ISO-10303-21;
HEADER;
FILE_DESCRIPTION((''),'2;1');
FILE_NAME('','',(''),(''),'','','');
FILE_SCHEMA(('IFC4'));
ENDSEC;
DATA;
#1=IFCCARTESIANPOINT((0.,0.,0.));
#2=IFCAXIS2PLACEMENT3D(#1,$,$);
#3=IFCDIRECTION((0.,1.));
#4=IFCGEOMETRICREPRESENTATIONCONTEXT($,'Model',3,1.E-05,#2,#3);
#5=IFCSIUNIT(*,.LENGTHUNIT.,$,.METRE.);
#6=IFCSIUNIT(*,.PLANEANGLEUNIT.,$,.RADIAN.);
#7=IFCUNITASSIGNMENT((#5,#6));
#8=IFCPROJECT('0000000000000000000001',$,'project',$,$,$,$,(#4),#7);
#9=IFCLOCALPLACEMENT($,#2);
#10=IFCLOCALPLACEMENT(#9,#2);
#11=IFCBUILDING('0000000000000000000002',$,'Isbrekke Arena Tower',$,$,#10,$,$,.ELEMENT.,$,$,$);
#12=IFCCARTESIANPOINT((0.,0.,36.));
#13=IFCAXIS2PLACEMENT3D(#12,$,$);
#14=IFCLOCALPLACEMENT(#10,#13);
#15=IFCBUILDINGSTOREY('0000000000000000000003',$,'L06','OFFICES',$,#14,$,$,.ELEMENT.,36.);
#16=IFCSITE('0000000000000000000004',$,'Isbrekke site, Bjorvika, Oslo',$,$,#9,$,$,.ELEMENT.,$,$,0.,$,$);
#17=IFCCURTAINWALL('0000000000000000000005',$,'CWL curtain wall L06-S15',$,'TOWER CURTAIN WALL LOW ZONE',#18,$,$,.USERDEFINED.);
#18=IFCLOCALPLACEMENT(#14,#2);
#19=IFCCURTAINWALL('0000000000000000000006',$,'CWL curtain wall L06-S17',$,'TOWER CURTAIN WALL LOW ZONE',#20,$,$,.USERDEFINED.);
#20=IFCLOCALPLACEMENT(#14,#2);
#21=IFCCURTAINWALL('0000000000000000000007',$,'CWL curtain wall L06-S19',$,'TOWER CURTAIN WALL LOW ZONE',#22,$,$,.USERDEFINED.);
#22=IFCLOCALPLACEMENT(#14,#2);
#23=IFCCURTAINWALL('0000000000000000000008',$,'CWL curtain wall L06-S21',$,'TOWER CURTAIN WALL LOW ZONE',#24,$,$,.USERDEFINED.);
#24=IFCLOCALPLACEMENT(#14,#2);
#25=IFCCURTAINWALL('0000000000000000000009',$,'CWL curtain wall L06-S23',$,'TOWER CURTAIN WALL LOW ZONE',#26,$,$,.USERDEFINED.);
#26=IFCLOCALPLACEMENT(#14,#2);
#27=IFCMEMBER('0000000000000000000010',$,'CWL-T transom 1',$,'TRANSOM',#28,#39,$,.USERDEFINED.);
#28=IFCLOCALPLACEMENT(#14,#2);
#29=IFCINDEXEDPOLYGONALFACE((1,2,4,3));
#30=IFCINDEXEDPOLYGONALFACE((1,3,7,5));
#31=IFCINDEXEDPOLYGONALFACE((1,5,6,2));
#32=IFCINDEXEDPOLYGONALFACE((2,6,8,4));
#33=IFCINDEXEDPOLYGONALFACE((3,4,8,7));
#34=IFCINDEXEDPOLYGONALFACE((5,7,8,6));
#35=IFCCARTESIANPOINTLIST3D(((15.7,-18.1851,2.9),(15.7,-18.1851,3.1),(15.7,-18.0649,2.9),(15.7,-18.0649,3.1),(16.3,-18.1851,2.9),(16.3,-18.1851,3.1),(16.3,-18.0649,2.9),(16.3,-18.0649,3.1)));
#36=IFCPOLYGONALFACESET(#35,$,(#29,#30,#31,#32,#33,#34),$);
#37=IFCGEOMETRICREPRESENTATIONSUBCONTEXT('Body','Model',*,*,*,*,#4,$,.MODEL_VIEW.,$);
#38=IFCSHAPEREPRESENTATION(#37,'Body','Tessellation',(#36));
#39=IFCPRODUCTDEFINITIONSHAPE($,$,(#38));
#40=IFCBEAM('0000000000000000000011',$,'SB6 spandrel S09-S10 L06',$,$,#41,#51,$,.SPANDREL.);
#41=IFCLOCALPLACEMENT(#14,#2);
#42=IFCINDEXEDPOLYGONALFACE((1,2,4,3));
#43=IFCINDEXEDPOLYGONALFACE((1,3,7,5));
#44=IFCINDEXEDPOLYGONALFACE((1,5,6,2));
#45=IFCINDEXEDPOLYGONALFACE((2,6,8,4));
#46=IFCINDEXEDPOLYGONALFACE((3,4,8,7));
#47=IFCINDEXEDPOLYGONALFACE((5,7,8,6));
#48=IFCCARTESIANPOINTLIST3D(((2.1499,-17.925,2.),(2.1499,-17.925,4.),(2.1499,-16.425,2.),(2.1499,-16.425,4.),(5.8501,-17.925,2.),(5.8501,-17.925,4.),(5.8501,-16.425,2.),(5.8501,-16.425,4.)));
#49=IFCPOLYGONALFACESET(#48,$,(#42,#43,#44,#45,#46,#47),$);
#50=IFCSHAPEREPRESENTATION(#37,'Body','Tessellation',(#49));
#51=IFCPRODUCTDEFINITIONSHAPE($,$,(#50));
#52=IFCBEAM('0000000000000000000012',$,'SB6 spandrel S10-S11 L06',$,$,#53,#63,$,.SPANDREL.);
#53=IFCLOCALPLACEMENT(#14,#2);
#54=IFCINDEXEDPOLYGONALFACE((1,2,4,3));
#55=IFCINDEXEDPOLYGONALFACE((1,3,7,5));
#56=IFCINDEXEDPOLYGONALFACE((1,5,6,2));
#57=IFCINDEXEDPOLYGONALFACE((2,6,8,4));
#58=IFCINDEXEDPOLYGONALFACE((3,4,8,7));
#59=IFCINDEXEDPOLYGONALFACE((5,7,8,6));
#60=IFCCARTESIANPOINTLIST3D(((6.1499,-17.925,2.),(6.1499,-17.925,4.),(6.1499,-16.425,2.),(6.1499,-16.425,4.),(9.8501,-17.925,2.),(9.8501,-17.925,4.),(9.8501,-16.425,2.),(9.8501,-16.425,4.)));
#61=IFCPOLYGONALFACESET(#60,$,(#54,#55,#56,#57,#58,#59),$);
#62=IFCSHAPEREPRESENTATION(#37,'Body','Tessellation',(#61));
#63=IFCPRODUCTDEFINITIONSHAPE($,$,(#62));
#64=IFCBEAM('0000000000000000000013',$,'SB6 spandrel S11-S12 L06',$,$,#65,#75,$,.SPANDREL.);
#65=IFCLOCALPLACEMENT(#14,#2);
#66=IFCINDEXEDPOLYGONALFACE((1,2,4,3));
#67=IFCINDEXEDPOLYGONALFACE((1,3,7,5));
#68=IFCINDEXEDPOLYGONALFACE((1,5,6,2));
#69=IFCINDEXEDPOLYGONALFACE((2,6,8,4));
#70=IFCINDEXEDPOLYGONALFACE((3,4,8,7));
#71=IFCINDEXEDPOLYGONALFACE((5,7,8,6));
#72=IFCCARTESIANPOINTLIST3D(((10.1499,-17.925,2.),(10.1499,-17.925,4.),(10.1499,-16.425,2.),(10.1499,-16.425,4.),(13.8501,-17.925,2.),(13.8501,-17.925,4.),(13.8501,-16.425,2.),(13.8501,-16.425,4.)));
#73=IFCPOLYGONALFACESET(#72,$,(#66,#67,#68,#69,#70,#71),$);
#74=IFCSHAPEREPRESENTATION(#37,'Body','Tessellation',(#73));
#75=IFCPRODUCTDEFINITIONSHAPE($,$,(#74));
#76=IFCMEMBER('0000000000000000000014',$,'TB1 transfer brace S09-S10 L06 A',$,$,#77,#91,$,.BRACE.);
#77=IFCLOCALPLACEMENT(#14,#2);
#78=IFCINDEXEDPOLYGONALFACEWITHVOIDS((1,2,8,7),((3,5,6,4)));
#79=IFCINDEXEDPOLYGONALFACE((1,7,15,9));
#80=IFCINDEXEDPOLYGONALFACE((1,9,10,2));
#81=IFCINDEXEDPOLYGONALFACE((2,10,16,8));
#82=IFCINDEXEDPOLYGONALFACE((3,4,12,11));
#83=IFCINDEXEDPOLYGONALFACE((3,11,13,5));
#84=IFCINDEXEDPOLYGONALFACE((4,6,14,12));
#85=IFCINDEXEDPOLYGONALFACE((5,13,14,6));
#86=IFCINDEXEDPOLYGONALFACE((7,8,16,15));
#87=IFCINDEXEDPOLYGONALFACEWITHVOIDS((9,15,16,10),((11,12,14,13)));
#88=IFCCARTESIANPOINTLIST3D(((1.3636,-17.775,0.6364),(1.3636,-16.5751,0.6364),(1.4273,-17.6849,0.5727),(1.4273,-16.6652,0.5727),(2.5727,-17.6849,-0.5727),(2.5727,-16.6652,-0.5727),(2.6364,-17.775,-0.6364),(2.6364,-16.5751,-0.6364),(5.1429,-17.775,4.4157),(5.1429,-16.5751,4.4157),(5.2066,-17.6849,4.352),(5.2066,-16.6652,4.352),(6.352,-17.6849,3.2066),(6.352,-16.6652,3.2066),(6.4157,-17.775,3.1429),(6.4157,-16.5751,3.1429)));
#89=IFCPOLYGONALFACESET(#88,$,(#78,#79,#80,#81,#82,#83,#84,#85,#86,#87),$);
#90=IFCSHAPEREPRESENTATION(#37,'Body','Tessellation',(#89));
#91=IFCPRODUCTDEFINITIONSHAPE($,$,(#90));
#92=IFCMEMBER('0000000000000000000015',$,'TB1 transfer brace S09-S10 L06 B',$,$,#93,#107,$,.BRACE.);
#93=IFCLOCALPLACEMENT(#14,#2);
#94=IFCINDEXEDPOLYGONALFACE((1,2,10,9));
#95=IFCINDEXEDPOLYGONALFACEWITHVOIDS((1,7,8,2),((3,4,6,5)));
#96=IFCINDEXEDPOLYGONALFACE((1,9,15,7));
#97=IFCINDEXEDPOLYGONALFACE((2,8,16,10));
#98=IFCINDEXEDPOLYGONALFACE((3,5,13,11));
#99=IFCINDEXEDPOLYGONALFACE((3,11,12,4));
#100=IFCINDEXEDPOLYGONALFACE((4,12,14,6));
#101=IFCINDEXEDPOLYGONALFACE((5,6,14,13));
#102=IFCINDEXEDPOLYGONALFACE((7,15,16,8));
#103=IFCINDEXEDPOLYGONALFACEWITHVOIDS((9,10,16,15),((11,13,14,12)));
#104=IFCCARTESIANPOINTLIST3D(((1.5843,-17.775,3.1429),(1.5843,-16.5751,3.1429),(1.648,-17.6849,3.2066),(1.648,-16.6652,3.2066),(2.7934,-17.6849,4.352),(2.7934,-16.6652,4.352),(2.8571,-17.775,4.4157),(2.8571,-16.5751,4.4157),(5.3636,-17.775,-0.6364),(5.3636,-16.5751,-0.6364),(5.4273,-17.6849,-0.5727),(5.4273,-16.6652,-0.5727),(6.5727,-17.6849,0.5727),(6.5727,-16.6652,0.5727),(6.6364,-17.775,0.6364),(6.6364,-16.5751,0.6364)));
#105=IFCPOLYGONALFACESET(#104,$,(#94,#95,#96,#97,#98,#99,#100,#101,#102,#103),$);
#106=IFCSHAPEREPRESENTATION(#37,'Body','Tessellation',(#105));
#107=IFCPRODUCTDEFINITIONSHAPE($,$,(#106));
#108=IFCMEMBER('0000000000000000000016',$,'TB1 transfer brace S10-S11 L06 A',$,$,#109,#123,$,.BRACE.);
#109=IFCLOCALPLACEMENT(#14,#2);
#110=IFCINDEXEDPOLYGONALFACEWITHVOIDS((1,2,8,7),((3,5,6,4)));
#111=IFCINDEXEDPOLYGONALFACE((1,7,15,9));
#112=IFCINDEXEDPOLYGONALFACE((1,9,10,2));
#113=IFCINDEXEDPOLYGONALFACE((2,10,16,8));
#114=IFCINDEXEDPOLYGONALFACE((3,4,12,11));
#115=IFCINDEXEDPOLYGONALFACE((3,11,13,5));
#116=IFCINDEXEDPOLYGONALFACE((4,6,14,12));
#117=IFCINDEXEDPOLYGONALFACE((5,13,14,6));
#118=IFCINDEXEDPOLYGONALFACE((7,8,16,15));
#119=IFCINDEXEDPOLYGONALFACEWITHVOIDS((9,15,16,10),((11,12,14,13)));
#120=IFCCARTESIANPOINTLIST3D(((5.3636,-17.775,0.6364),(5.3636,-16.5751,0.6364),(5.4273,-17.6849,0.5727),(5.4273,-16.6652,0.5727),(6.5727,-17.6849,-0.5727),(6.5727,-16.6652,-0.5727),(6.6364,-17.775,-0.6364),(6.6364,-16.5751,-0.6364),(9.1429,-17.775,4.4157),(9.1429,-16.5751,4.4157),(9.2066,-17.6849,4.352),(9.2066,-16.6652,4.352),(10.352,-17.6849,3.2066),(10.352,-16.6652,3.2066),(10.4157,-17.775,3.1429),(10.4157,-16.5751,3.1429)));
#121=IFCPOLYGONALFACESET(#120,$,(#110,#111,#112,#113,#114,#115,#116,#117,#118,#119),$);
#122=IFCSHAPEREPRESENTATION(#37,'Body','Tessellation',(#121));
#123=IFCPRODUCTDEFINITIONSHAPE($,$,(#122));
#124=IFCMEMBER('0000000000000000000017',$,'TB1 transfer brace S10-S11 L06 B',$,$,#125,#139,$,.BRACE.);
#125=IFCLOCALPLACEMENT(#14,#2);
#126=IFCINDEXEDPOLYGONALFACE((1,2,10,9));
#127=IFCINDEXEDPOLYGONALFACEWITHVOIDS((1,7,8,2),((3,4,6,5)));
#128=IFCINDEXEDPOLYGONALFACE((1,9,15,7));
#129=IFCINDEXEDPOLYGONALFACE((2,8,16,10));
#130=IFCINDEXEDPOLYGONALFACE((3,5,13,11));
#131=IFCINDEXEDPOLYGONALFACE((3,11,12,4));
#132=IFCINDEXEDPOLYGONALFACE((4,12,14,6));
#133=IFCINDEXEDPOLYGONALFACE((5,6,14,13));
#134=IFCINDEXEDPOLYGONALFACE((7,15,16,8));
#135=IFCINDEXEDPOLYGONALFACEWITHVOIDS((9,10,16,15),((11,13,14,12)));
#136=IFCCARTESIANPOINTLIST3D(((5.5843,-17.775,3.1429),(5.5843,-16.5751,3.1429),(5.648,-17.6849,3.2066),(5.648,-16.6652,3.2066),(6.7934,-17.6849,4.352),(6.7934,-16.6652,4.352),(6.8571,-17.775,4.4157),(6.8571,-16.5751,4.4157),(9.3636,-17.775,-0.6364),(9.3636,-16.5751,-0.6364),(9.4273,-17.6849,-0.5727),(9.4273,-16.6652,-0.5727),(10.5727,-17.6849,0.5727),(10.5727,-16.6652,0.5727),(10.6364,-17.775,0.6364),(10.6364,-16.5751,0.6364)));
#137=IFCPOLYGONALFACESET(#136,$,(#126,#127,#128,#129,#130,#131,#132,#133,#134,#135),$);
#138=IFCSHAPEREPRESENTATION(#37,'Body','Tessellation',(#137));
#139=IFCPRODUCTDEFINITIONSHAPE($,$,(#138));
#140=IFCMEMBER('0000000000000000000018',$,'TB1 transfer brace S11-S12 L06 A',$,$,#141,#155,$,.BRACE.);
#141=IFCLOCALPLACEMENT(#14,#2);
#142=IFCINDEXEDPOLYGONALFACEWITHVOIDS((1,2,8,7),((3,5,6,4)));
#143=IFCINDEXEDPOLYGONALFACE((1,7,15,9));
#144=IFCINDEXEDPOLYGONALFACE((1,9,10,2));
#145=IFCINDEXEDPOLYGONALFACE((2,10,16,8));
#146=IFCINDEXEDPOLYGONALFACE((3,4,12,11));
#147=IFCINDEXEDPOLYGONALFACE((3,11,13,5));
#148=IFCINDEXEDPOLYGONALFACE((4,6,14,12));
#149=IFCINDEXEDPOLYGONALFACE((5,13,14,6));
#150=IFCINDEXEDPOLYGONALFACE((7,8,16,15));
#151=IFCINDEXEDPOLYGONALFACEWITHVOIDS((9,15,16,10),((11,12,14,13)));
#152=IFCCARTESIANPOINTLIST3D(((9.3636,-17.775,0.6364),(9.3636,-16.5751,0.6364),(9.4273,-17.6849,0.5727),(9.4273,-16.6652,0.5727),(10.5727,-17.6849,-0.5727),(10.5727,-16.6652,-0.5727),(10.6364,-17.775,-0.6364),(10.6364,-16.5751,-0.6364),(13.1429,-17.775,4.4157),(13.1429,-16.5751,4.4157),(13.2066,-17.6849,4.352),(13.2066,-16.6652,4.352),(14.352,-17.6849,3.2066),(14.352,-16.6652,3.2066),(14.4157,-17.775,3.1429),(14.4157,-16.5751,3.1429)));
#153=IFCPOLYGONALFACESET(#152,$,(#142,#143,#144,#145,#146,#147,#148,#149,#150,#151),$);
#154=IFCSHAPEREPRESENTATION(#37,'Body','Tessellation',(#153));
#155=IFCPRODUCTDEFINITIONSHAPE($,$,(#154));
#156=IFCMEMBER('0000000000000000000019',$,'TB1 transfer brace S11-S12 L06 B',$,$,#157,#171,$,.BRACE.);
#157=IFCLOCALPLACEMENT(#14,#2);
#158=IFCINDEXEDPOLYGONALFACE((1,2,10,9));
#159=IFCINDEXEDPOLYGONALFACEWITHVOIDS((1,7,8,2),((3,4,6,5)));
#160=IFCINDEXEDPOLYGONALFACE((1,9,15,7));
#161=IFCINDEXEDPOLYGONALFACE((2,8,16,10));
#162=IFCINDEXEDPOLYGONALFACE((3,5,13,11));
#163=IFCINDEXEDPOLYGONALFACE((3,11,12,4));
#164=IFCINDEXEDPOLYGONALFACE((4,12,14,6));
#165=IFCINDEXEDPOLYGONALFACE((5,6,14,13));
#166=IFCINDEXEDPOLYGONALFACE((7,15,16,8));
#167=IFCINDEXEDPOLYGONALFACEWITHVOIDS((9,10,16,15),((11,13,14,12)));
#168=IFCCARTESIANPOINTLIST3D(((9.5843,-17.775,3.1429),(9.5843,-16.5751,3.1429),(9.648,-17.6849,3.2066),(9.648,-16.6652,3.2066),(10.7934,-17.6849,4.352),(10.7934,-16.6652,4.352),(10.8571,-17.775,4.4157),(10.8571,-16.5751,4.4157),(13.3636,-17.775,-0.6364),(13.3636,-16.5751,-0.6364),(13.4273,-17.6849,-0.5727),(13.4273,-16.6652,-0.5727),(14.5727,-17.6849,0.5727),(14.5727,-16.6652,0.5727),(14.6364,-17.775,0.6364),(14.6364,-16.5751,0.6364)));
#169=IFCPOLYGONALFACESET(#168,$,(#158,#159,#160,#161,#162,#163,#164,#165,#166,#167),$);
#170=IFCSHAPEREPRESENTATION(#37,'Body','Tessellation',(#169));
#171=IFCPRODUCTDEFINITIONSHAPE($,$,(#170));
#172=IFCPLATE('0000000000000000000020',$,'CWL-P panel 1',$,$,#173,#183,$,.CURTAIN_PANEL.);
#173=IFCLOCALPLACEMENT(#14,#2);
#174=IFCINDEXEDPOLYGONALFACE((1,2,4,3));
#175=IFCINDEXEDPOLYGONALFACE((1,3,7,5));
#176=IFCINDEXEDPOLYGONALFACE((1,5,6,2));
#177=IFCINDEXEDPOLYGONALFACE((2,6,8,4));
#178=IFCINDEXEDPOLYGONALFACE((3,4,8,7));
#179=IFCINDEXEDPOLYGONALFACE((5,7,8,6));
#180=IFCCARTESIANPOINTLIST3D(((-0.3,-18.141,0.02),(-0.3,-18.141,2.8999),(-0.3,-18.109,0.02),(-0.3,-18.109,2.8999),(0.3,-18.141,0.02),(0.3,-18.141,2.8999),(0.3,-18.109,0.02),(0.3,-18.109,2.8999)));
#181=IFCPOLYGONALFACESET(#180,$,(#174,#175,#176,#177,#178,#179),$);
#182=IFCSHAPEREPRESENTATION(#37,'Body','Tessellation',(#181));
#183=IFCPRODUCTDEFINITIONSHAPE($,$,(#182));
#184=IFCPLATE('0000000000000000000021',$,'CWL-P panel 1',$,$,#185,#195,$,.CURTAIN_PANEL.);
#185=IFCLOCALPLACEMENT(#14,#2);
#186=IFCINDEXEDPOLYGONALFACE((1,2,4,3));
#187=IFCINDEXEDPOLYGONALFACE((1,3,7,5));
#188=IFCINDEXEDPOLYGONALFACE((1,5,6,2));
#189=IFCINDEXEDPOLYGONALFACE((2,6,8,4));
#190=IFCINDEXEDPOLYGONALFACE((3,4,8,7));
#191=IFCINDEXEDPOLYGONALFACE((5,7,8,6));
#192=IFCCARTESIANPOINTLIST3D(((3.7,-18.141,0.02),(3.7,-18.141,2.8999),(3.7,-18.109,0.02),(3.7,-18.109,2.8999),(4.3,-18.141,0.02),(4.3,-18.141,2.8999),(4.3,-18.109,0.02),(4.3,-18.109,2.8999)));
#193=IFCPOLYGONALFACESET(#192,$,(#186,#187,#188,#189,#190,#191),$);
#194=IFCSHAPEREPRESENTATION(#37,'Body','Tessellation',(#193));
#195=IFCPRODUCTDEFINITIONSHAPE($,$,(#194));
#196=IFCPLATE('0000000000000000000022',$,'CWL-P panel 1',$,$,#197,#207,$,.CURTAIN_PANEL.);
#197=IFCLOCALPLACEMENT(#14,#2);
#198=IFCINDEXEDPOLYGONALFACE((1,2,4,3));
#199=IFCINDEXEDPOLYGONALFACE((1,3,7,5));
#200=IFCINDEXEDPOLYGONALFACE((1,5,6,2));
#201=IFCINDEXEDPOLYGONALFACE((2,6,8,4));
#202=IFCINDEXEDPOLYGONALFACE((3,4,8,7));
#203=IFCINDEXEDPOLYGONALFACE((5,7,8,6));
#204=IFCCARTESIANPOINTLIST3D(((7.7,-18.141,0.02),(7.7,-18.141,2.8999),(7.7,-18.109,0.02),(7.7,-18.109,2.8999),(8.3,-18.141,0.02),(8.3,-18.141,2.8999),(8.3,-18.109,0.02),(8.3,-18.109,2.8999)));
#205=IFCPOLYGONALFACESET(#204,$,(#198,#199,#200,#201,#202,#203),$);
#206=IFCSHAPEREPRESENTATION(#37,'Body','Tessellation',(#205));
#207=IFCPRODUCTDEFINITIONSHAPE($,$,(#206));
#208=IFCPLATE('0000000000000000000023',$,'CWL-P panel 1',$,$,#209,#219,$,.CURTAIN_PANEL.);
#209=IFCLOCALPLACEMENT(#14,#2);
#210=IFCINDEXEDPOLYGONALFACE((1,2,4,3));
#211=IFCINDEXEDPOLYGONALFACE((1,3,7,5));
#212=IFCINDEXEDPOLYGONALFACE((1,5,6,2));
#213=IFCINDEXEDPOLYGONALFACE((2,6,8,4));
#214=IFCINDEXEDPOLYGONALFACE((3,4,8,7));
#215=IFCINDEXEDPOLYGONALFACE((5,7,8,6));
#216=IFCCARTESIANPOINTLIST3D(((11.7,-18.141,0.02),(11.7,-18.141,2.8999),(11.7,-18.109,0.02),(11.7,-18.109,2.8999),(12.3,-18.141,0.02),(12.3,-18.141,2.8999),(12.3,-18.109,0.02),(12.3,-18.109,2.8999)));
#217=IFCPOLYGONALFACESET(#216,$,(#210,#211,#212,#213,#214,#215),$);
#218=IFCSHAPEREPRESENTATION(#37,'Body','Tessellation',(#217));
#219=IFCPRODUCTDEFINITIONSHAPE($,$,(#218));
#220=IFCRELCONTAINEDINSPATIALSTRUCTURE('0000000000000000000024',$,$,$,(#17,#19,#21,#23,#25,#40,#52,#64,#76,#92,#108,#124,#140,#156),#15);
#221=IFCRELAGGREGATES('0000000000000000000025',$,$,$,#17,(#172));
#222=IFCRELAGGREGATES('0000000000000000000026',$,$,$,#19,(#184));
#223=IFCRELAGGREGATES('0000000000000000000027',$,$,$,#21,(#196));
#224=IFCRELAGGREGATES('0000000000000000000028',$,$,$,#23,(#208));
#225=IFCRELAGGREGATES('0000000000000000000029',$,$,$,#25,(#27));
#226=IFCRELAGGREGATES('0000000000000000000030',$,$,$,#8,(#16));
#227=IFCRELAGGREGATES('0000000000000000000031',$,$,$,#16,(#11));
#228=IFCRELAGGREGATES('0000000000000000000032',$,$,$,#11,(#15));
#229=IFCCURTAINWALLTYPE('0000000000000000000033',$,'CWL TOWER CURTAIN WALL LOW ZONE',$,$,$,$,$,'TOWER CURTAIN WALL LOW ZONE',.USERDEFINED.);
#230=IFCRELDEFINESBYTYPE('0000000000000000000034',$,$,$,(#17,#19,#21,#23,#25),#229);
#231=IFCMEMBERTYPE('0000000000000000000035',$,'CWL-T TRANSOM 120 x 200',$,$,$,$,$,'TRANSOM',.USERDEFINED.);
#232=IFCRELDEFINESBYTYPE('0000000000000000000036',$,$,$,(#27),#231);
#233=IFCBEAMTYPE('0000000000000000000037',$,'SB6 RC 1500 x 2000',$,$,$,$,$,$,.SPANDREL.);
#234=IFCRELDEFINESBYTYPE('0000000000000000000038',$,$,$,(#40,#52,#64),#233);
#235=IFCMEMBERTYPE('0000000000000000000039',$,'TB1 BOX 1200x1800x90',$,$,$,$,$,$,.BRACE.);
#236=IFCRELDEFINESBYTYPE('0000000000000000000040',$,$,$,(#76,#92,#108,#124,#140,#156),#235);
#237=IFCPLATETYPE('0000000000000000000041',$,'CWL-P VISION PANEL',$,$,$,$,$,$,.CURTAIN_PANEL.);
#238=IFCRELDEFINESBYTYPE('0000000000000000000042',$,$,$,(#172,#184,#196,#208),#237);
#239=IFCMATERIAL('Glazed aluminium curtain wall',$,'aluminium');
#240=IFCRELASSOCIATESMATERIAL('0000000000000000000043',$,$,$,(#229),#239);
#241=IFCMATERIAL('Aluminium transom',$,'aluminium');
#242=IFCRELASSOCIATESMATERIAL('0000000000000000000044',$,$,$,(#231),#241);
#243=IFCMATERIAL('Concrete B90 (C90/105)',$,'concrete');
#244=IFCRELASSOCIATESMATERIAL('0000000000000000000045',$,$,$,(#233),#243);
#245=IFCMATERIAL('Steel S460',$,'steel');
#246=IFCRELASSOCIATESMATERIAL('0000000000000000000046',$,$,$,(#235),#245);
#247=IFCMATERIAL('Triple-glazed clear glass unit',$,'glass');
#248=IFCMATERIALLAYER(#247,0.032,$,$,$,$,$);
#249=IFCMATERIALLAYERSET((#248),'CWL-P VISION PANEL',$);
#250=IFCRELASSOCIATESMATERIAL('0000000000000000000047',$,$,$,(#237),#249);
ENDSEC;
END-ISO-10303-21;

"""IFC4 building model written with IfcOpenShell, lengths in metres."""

from ifc_helpers import new_model, si_unit, direction, frame, origin, origin_2d, place, context, subcontext, project, spatial, rectangle, hollow_rectangle, extrude, material, layer, layer_set, material_profile, profile_set, type_object, element, aggregate, save


model = new_model("IFC4")

# Units and contexts
model_context = context("Model", 3, precision=1e-05, world=origin(), true_north=direction((0.0, 1.0)))
body_context = subcontext(model_context, "Body", "Model", "MODEL_VIEW")
ifc_project = project(units=[si_unit("LENGTHUNIT", "METRE"), si_unit("PLANEANGLEUNIT", "RADIAN")], contexts=[model_context])

# Site, building, storey
site_placement = place(None, origin())
site = spatial("IfcSite", under=ifc_project, at=site_placement, Name="Isbrekke site, Bjorvika, Oslo", CompositionType="ELEMENT", RefElevation=0.0)
building_placement = place(site_placement, origin())
building = spatial("IfcBuilding", under=site, at=building_placement, Name="Isbrekke Arena Tower", CompositionType="ELEMENT")
storey_placement = place(building_placement, frame((0.0, 0.0, 36.0)))
storey = spatial("IfcBuildingStorey", under=building, at=storey_placement, Name="L06", Description="OFFICES", CompositionType="ELEMENT", Elevation=36.0)

# Curtain wall
ifc_material_1 = material(Name="Glazed aluminium curtain wall", Category="aluminium")
curtain_wall_type = type_object("IfcCurtainWallType", Name="CWL TOWER CURTAIN WALL LOW ZONE", ElementType="TOWER CURTAIN WALL LOW ZONE", PredefinedType="USERDEFINED", material=ifc_material_1)
curtain_wall_1_placement = place(storey_placement, origin())
curtain_wall_1 = element("IfcCurtainWall", 1, at=curtain_wall_1_placement, inside=storey, type_object=curtain_wall_type, Name="CWL curtain wall L06-S15", ObjectType="TOWER CURTAIN WALL LOW ZONE", PredefinedType="USERDEFINED")

# Curtain walls
curtain_wall_2_placement = place(storey_placement, origin())
curtain_wall_2 = element("IfcCurtainWall", 2, at=curtain_wall_2_placement, inside=storey, type_object=curtain_wall_type, Name="CWL curtain wall L06-S17", ObjectType="TOWER CURTAIN WALL LOW ZONE", PredefinedType="USERDEFINED")
curtain_wall_3_placement = place(storey_placement, origin())
curtain_wall_3 = element("IfcCurtainWall", 3, at=curtain_wall_3_placement, inside=storey, type_object=curtain_wall_type, Name="CWL curtain wall L06-S19", ObjectType="TOWER CURTAIN WALL LOW ZONE", PredefinedType="USERDEFINED")
curtain_wall_4_placement = place(storey_placement, origin())
curtain_wall_4 = element("IfcCurtainWall", 4, at=curtain_wall_4_placement, inside=storey, type_object=curtain_wall_type, Name="CWL curtain wall L06-S21", ObjectType="TOWER CURTAIN WALL LOW ZONE", PredefinedType="USERDEFINED")
curtain_wall_5_placement = place(storey_placement, origin())
curtain_wall_5 = element("IfcCurtainWall", 5, at=curtain_wall_5_placement, inside=storey, type_object=curtain_wall_type, Name="CWL curtain wall L06-S23", ObjectType="TOWER CURTAIN WALL LOW ZONE", PredefinedType="USERDEFINED")

# Member
ifc_material_2 = material(Name="Aluminium transom", Category="aluminium")
ifc_material_profile_1 = material_profile(ifc_material_2, rectangle(XDim=0.1201, YDim=0.2, at=origin_2d()), Name="TRANSOM 120X200")
ifc_profile_set_1 = profile_set([ifc_material_profile_1], Name="Aluminium transom")
member_type_1 = type_object("IfcMemberType", Name="CWL-T TRANSOM 120 x 200", ElementType="TRANSOM", PredefinedType="USERDEFINED", material=ifc_profile_set_1)
member_1_placement = place(storey_placement, frame((15.7, -18.125, 3.0), z_axis=(1.0, 0.0, 0.0), x_axis=(0.0, 1.0, 0.0)))
member_1 = element("IfcMember", 6, at=member_1_placement, type_object=member_type_1, Name="CWL-T transom 1", ObjectType="TRANSOM", PredefinedType="USERDEFINED", context=body_context, shape_type="SweptSolid", body=[
    extrude(rectangle(XDim=0.1201, YDim=0.2, at=origin_2d()), origin(), (0.0, 0.0, 1.0), 0.6001),
])

# Beams
ifc_material_3 = material(Name="Concrete B90 (C90/105)", Category="concrete")
ifc_material_profile_2 = material_profile(ifc_material_3, rectangle(XDim=1.5, YDim=2.0, at=origin_2d()), Name="RC 1500x2000")
ifc_profile_set_2 = profile_set([ifc_material_profile_2], Name="Concrete B90 (C90/105)")
beam_type = type_object("IfcBeamType", Name="SB6 RC 1500 x 2000", PredefinedType="SPANDREL", material=ifc_profile_set_2)
for number, where, z_axis, x_axis, name in (
    (7, (2.1499, -17.175, 3.0), (1.0, 0.0, 0.0), (0.0, 1.0, 0.0), "SB6 spandrel S09-S10 L06"),
    (8, (6.1499, -17.175, 3.0), (1.0, 0.0, 0.0), (0.0, 1.0, 0.0), "SB6 spandrel S10-S11 L06"),
    (9, (10.1499, -17.175, 3.0), (1.0, 0.0, 0.0), (0.0, 1.0, 0.0), "SB6 spandrel S11-S12 L06"),
):
    element("IfcBeam", number, at=place(storey_placement, frame(where, z_axis=z_axis, x_axis=x_axis)), inside=storey, type_object=beam_type, Name=name, PredefinedType="SPANDREL", context=body_context, shape_type="SweptSolid", body=[
        extrude(rectangle(XDim=1.5, YDim=2.0, at=origin_2d()), origin(), (0.0, 0.0, 1.0), 3.7002),
    ])

# Members
ifc_material_4 = material(Name="Steel S460", Category="steel")
ifc_material_profile_3 = material_profile(ifc_material_4, hollow_rectangle(XDim=1.2, YDim=1.8, WallThickness=0.0901, at=origin_2d()), Name="BOX 1200x1800x90")
ifc_profile_set_3 = profile_set([ifc_material_profile_3], Name="Steel S460")
member_type_2 = type_object("IfcMemberType", Name="TB1 BOX 1200x1800x90", PredefinedType="BRACE", material=ifc_profile_set_3)
for number, where, z_axis, x_axis, name in (
    (10, (2.0, -17.175, 0.0), (0.707107, 0.0, 0.707107), (0.0, 1.0, 0.0), "TB1 transfer brace S09-S10 L06 A"),
    (11, (2.2207, -17.175, 3.7793), (0.707107, 0.0, -0.707107), (0.0, 1.0, 0.0), "TB1 transfer brace S09-S10 L06 B"),
    (12, (6.0, -17.175, 0.0), (0.707107, 0.0, 0.707107), (0.0, 1.0, 0.0), "TB1 transfer brace S10-S11 L06 A"),
    (13, (6.2207, -17.175, 3.7793), (0.707107, 0.0, -0.707107), (0.0, 1.0, 0.0), "TB1 transfer brace S10-S11 L06 B"),
    (14, (10.0, -17.175, 0.0), (0.707107, 0.0, 0.707107), (0.0, 1.0, 0.0), "TB1 transfer brace S11-S12 L06 A"),
    (15, (10.2207, -17.175, 3.7793), (0.707107, 0.0, -0.707107), (0.0, 1.0, 0.0), "TB1 transfer brace S11-S12 L06 B"),
):
    element("IfcMember", number, at=place(storey_placement, frame(where, z_axis=z_axis, x_axis=x_axis)), inside=storey, type_object=member_type_2, Name=name, PredefinedType="BRACE", context=body_context, shape_type="SweptSolid", body=[
        extrude(hollow_rectangle(XDim=1.2, YDim=1.8, WallThickness=0.0901, at=origin_2d()), origin(), (0.0, 0.0, 1.0), 5.3447),
    ])

# Plates
ifc_material_5 = material(Name="Triple-glazed clear glass unit", Category="glass")
ifc_layer = layer(ifc_material_5, 0.032)
ifc_layer_set = layer_set([ifc_layer], Name="CWL-P VISION PANEL")
plate_type = type_object("IfcPlateType", Name="CWL-P VISION PANEL", PredefinedType="CURTAIN_PANEL", material=ifc_layer_set)
plate_1_placement = place(storey_placement, frame((0.0, -18.125, 0.02), z_axis=(0.0, 0.0, 1.0), x_axis=(1.0, 0.0, 0.0)))
plate_1 = element("IfcPlate", 16, at=plate_1_placement, type_object=plate_type, Name="CWL-P panel 1", PredefinedType="CURTAIN_PANEL", context=body_context, shape_type="SweptSolid", body=[
    extrude(rectangle(XDim=0.6001, YDim=0.032, at=origin_2d()), origin(), (0.0, 0.0, 1.0), 2.8799),
])
aggregate(curtain_wall_1, [plate_1])
plate_2_placement = place(storey_placement, frame((4.0, -18.125, 0.02), z_axis=(0.0, 0.0, 1.0), x_axis=(1.0, 0.0, 0.0)))
plate_2 = element("IfcPlate", 17, at=plate_2_placement, type_object=plate_type, Name="CWL-P panel 1", PredefinedType="CURTAIN_PANEL", context=body_context, shape_type="SweptSolid", body=[
    extrude(rectangle(XDim=0.6001, YDim=0.032, at=origin_2d()), origin(), (0.0, 0.0, 1.0), 2.8799),
])
aggregate(curtain_wall_2, [plate_2])
plate_3_placement = place(storey_placement, frame((8.0, -18.125, 0.02), z_axis=(0.0, 0.0, 1.0), x_axis=(1.0, 0.0, 0.0)))
plate_3 = element("IfcPlate", 18, at=plate_3_placement, type_object=plate_type, Name="CWL-P panel 1", PredefinedType="CURTAIN_PANEL", context=body_context, shape_type="SweptSolid", body=[
    extrude(rectangle(XDim=0.6001, YDim=0.032, at=origin_2d()), origin(), (0.0, 0.0, 1.0), 2.8799),
])
aggregate(curtain_wall_3, [plate_3])
plate_4_placement = place(storey_placement, frame((12.0, -18.125, 0.02), z_axis=(0.0, 0.0, 1.0), x_axis=(1.0, 0.0, 0.0)))
plate_4 = element("IfcPlate", 19, at=plate_4_placement, type_object=plate_type, Name="CWL-P panel 1", PredefinedType="CURTAIN_PANEL", context=body_context, shape_type="SweptSolid", body=[
    extrude(rectangle(XDim=0.6001, YDim=0.032, at=origin_2d()), origin(), (0.0, 0.0, 1.0), 2.8799),
])
aggregate(curtain_wall_4, [plate_4])
aggregate(curtain_wall_5, [member_1])

save(model, "model.ifc")
